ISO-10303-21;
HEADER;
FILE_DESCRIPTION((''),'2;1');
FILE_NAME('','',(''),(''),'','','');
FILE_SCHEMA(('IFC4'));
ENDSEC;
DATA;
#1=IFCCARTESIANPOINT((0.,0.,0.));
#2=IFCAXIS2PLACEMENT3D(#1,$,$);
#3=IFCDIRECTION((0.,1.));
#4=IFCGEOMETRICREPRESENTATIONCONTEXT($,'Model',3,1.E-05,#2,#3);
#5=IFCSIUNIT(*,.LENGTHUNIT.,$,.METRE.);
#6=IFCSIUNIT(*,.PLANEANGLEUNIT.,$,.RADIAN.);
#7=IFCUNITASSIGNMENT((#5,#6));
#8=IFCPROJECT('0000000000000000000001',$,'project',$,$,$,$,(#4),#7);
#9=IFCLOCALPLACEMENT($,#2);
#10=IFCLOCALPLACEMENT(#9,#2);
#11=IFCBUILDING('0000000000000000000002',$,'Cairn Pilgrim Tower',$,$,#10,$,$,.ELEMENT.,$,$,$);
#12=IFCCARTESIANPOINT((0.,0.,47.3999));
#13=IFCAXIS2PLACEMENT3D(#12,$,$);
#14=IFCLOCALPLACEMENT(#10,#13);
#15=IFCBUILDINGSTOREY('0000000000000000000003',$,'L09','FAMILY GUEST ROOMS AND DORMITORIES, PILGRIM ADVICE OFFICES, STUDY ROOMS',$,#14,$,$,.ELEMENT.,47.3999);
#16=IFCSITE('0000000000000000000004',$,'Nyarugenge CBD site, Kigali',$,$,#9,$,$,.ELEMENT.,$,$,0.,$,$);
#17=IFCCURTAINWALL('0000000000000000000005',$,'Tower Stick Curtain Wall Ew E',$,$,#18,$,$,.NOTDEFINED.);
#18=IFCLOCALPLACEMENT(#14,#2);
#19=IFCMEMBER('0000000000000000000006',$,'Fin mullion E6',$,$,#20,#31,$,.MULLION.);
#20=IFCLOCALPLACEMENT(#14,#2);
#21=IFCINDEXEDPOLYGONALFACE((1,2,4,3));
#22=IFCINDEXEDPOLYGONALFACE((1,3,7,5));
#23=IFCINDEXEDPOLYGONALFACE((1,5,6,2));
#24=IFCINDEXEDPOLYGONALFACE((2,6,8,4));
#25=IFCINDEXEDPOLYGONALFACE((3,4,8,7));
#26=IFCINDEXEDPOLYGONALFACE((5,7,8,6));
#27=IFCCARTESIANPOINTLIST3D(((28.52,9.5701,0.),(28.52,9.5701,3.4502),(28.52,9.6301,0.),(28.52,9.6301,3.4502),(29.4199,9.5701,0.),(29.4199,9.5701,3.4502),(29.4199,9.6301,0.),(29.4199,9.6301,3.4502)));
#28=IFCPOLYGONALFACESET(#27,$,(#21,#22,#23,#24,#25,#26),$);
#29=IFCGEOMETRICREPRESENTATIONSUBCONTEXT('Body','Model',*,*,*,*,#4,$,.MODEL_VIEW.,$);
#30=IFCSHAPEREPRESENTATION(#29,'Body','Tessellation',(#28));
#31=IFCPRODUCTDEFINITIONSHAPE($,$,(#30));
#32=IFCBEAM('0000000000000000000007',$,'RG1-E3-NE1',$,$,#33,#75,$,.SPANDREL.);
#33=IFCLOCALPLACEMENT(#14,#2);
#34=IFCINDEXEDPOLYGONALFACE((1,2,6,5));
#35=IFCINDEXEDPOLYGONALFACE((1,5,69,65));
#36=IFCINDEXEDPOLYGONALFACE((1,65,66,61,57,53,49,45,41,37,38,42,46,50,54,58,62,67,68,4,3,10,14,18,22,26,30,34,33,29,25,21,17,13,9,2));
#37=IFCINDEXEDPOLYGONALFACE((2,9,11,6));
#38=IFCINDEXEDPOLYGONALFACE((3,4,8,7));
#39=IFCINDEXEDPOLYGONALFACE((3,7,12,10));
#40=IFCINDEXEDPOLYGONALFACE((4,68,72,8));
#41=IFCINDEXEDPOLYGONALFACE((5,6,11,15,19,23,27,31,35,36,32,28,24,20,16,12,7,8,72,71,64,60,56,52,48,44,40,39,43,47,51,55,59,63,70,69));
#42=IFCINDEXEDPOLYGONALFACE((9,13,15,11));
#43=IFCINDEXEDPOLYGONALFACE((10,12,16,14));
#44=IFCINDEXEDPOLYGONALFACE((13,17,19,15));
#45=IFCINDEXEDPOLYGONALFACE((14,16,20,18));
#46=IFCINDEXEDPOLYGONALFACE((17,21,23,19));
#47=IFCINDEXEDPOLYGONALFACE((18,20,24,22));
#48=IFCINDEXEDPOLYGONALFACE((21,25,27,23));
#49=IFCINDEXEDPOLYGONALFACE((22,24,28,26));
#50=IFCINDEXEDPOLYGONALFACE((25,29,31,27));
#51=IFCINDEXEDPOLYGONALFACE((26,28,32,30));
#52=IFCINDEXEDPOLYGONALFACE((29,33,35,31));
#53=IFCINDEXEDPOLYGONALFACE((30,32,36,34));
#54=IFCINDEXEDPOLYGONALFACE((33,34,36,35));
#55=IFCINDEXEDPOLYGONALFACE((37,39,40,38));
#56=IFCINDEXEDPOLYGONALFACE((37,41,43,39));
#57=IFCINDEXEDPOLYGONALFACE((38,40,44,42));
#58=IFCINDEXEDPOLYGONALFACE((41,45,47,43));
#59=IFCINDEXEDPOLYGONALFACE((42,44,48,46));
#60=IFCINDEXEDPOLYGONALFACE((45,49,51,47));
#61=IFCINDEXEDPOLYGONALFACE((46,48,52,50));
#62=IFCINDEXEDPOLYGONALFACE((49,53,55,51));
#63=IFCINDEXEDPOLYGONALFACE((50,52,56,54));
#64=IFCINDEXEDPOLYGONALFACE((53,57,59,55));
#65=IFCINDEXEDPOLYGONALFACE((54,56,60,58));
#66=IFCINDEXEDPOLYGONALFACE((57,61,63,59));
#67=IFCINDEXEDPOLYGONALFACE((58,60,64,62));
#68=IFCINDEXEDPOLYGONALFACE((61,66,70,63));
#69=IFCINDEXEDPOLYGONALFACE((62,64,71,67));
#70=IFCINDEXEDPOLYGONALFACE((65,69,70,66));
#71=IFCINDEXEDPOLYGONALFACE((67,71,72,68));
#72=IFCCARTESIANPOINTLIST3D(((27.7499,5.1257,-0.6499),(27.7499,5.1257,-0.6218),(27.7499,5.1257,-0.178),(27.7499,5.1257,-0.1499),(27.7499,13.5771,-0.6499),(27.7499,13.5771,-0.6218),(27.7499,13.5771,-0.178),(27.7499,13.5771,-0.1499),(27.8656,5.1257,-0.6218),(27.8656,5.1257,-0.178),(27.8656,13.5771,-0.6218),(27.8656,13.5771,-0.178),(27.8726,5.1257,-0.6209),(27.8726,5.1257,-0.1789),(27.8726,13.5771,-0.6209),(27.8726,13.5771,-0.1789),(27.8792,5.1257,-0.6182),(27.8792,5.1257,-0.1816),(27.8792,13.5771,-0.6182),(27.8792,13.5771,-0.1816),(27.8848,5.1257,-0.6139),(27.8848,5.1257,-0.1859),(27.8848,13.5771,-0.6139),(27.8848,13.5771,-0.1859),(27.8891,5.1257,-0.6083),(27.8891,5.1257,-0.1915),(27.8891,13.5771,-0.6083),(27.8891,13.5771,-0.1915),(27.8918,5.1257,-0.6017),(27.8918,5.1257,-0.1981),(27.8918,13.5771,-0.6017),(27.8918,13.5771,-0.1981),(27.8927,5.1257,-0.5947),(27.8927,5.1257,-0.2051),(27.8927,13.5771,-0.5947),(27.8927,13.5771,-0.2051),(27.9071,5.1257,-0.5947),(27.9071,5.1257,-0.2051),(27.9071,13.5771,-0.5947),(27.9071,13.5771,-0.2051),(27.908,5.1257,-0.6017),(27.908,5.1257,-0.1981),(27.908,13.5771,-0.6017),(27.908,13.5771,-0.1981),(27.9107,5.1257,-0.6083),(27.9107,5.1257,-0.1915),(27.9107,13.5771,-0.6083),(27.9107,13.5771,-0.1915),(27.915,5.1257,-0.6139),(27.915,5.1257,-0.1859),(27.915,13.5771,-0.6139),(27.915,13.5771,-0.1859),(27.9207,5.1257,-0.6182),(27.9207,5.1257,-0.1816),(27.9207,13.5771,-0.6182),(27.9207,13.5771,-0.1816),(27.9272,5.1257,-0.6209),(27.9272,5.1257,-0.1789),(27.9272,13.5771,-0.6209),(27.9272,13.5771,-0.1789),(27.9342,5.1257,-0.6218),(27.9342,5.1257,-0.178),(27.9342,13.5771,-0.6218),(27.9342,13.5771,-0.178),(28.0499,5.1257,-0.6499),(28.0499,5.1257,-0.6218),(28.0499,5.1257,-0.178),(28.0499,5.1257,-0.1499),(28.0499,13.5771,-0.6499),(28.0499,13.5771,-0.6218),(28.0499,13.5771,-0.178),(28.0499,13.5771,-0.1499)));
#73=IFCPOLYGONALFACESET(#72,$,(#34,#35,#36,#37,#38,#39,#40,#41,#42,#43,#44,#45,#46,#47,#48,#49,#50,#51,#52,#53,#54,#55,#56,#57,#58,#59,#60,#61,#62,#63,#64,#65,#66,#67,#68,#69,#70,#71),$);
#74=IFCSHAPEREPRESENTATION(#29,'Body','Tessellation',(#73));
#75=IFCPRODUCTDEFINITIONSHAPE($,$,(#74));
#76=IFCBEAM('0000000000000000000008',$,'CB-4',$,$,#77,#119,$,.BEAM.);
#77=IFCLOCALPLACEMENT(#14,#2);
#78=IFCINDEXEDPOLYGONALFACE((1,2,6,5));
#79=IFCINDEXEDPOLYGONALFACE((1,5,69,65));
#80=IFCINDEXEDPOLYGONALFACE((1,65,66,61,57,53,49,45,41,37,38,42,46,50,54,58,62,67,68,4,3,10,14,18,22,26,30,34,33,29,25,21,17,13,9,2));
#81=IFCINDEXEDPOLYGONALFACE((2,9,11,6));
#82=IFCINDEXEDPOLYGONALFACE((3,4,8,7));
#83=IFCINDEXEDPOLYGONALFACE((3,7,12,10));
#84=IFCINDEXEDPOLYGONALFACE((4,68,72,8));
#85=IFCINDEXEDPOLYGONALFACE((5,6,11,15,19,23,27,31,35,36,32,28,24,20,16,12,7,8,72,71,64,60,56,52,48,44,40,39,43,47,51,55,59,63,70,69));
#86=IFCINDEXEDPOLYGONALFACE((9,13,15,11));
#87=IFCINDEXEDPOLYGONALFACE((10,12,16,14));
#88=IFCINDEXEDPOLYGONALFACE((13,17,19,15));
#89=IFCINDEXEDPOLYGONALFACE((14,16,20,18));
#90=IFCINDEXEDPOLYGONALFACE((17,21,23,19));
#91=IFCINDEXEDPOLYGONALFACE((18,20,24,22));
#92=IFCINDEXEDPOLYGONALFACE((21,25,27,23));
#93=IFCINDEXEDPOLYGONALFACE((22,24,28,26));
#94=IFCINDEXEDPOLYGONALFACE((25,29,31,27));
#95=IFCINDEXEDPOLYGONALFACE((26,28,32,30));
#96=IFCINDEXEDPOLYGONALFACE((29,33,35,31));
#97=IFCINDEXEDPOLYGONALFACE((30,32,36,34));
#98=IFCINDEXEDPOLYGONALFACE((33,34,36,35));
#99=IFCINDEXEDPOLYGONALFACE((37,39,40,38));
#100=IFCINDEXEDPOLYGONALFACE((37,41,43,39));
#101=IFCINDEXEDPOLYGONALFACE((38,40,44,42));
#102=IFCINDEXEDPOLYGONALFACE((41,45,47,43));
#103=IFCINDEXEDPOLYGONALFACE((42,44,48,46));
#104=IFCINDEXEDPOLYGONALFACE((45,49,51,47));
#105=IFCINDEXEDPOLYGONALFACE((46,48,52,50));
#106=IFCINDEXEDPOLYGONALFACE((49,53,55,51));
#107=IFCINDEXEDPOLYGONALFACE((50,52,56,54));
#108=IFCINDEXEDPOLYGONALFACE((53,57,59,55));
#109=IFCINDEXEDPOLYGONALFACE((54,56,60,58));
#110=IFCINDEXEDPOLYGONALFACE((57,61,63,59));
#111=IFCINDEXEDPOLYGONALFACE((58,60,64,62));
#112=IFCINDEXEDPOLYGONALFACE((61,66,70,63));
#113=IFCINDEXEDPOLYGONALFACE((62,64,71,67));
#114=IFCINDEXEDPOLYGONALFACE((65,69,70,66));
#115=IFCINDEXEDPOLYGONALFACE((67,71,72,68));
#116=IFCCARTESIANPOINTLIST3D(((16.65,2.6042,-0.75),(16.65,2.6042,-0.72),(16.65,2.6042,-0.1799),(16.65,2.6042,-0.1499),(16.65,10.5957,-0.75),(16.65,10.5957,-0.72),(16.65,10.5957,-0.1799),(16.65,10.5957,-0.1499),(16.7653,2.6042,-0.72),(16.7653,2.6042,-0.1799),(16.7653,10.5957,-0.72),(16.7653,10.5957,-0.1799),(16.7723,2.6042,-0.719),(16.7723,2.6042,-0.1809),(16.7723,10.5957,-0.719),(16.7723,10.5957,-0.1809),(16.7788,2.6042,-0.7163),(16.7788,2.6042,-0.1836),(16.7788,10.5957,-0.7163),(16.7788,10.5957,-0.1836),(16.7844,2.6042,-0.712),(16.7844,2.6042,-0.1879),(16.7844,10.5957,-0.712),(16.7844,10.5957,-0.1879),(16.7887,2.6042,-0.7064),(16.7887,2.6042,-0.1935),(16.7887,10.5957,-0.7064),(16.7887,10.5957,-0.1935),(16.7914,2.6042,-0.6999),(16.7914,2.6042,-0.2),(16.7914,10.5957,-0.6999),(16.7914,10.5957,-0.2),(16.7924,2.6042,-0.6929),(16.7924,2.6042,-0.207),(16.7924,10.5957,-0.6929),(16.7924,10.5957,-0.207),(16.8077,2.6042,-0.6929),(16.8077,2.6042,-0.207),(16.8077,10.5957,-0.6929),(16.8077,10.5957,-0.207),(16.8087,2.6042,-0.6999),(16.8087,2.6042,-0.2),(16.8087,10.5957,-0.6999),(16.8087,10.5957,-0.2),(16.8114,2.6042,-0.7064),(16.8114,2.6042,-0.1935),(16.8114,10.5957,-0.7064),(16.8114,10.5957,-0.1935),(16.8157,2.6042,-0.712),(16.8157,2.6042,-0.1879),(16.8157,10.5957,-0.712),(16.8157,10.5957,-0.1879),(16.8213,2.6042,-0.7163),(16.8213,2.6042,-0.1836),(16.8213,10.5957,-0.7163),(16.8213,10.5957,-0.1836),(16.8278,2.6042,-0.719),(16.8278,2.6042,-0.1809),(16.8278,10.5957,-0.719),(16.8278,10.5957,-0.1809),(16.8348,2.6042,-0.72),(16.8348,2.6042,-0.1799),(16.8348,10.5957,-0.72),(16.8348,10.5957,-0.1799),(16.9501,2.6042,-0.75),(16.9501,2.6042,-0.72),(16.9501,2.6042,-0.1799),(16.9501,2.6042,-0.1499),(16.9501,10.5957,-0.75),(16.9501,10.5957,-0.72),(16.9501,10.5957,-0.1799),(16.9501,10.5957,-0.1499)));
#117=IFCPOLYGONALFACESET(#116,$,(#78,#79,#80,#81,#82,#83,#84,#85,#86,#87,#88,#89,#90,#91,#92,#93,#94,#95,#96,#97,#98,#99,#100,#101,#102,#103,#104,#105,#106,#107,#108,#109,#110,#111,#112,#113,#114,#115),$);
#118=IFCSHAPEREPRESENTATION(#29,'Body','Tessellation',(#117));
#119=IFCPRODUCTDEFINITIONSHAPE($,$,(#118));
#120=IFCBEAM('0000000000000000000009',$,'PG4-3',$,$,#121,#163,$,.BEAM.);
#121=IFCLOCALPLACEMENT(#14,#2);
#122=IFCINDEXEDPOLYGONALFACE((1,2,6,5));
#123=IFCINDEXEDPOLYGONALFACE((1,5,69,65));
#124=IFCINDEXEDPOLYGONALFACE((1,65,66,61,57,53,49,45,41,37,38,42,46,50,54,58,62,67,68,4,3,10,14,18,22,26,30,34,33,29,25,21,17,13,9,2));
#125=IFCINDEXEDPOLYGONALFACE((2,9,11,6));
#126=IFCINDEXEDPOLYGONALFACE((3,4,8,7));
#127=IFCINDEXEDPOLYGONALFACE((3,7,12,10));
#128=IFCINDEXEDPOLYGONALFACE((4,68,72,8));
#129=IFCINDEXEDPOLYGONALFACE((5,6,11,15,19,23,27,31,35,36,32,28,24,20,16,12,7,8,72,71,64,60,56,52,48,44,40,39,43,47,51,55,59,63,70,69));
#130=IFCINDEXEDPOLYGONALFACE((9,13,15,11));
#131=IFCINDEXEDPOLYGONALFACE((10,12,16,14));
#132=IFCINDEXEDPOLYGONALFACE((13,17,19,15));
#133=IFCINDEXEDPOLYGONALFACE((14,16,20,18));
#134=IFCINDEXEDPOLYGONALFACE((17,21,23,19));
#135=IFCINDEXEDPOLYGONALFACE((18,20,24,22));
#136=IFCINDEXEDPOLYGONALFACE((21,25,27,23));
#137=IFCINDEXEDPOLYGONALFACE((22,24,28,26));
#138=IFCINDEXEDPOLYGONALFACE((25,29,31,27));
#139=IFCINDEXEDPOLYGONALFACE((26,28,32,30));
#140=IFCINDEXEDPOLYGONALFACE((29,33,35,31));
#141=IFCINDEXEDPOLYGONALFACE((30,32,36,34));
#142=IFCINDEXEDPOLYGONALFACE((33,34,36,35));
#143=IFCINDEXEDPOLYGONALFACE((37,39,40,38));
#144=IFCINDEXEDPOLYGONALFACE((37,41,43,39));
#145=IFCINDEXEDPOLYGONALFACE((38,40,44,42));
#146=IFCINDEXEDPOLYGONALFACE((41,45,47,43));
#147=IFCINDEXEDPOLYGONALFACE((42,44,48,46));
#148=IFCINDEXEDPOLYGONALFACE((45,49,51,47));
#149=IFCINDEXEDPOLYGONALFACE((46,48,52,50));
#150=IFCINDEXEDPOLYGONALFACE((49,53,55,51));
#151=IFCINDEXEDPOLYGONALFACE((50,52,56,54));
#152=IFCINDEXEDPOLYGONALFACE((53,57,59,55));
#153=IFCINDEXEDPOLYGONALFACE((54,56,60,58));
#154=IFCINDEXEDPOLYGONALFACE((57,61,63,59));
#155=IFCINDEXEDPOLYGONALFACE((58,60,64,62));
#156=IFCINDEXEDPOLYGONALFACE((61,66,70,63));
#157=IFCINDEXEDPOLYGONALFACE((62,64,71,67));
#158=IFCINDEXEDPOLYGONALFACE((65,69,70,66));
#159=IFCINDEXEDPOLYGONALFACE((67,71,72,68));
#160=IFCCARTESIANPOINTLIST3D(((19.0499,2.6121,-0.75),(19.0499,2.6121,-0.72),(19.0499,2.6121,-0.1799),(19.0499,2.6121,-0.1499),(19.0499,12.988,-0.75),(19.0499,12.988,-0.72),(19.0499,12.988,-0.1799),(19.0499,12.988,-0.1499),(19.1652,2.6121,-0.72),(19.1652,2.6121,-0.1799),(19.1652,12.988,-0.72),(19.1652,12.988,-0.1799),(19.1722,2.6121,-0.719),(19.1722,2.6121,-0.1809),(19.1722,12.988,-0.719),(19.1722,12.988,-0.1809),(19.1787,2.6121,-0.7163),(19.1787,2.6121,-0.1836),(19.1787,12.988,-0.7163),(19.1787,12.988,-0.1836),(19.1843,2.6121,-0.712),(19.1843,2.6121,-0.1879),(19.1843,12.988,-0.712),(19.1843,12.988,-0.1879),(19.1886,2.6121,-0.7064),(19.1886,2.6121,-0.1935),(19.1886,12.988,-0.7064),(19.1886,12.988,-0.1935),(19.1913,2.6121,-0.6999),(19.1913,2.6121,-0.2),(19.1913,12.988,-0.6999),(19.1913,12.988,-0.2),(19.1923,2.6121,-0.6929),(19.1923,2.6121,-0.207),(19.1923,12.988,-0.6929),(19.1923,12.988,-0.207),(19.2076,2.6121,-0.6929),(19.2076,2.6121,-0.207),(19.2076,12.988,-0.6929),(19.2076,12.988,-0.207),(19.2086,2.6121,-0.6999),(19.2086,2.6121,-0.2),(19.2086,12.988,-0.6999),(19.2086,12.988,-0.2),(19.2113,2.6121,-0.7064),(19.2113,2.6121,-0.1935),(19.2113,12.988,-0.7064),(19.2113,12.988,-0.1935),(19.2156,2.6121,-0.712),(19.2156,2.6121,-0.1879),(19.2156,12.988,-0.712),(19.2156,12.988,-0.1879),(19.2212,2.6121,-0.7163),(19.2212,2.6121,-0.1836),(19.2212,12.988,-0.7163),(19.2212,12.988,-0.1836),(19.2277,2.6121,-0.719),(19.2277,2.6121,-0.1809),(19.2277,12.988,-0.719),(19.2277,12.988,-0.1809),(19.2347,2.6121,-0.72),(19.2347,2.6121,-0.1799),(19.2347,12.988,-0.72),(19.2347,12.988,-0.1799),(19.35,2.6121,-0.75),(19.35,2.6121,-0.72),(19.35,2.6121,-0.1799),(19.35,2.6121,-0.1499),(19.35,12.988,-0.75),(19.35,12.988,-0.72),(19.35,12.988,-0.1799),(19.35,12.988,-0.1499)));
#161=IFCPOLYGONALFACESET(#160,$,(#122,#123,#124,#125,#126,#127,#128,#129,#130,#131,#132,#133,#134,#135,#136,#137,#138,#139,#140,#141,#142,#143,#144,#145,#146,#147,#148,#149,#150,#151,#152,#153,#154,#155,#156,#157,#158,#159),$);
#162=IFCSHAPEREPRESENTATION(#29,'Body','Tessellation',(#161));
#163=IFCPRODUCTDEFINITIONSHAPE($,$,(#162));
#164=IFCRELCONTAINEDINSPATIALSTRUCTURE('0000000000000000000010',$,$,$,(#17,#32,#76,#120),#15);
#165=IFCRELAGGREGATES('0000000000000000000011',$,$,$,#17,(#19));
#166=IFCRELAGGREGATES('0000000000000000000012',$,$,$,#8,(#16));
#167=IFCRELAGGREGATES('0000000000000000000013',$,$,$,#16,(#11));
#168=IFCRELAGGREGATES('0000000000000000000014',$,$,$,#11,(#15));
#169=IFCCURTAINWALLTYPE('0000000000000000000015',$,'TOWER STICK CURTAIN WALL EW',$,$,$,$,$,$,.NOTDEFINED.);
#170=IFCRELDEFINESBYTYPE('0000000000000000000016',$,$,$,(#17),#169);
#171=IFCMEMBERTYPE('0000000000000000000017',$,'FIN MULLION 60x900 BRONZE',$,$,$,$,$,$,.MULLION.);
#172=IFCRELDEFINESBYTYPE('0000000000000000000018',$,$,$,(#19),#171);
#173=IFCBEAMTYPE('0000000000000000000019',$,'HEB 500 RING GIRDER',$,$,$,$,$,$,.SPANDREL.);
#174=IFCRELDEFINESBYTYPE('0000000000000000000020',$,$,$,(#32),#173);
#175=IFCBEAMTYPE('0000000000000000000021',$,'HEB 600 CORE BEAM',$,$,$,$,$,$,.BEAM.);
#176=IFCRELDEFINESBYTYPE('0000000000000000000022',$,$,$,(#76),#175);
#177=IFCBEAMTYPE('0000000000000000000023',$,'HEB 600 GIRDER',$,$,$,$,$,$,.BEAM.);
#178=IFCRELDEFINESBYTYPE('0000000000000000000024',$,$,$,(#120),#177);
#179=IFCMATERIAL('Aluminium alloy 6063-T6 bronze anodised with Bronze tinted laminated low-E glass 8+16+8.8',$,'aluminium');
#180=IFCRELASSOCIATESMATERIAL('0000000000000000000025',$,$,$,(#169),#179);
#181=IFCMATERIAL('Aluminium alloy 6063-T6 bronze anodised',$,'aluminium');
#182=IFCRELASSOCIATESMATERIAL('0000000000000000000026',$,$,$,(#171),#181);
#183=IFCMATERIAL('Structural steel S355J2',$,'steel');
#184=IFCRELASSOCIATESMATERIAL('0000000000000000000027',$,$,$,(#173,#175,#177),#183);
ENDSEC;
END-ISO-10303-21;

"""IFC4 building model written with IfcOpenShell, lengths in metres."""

from ifc_helpers import new_model, si_unit, direction, frame, origin, origin_2d, place, context, subcontext, project, spatial, rectangle, i_section, extrude, material, material_profile, profile_set, type_object, element, aggregate, save


model = new_model("IFC4")

# Units and contexts
model_context = context("Model", 3, precision=1e-05, world=origin(), true_north=direction((0.0, 1.0)))
body_context = subcontext(model_context, "Body", "Model", "MODEL_VIEW")
ifc_project = project(units=[si_unit("LENGTHUNIT", "METRE"), si_unit("PLANEANGLEUNIT", "RADIAN")], contexts=[model_context])

# Site, building, storey
site_placement = place(None, origin())
site = spatial("IfcSite", under=ifc_project, at=site_placement, Name="Nyarugenge CBD site, Kigali", CompositionType="ELEMENT", RefElevation=0.0)
building_placement = place(site_placement, origin())
building = spatial("IfcBuilding", under=site, at=building_placement, Name="Cairn Pilgrim Tower", CompositionType="ELEMENT")
storey_placement = place(building_placement, frame((0.0, 0.0, 47.3999)))
storey = spatial("IfcBuildingStorey", under=building, at=storey_placement, Name="L09", Description="FAMILY GUEST ROOMS AND DORMITORIES, PILGRIM ADVICE OFFICES, STUDY ROOMS", CompositionType="ELEMENT", Elevation=47.3999)

# Curtain wall, member
ifc_material_1 = material(Name="Aluminium alloy 6063-T6 bronze anodised with Bronze tinted laminated low-E glass 8+16+8.8", Category="aluminium")
curtain_wall_type = type_object("IfcCurtainWallType", Name="TOWER STICK CURTAIN WALL EW", PredefinedType="NOTDEFINED", material=ifc_material_1)
curtain_wall_placement = place(storey_placement, origin())
curtain_wall = element("IfcCurtainWall", 1, at=curtain_wall_placement, inside=storey, type_object=curtain_wall_type, Name="Tower Stick Curtain Wall Ew E", PredefinedType="NOTDEFINED")
ifc_material_2 = material(Name="Aluminium alloy 6063-T6 bronze anodised", Category="aluminium")
ifc_material_profile_1 = material_profile(ifc_material_2, rectangle(XDim=0.8999, YDim=0.0601, at=origin_2d()), Name="FIN MULLION 60x900 BRONZE")
ifc_profile_set_1 = profile_set([ifc_material_profile_1], Name="Aluminium alloy 6063-T6 bronze anodised")
member_type_1 = type_object("IfcMemberType", Name="FIN MULLION 60x900 BRONZE", PredefinedType="MULLION", material=ifc_profile_set_1)
member_1_placement = place(storey_placement, frame((28.97, 9.6001, 0.0), z_axis=(0.0, 0.0, 1.0), x_axis=(1.0, 0.0, 0.0)))
member_1 = element("IfcMember", 2, at=member_1_placement, type_object=member_type_1, Name="Fin mullion E6", PredefinedType="MULLION", context=body_context, shape_type="SweptSolid", body=[
    extrude(rectangle(XDim=0.8999, YDim=0.0601, at=origin_2d()), origin(), (0.0, 0.0, 1.0), 3.4502),
])

# Beams
ifc_material_3 = material(Name="Structural steel S355J2", Category="steel")
ifc_material_profile_2 = material_profile(ifc_material_3, i_section(OverallWidth=0.3, OverallDepth=0.5, WebThickness=0.0144, FlangeThickness=0.0281, FilletRadius=0.0271, at=origin_2d()), Name="HEB 500")
ifc_profile_set_2 = profile_set([ifc_material_profile_2], Name="Structural steel S355J2")
beam_type_1 = type_object("IfcBeamType", Name="HEB 500 RING GIRDER", PredefinedType="SPANDREL", material=ifc_profile_set_2)
beam_1_placement = place(storey_placement, frame((27.8999, 5.1257, -0.3999), z_axis=(0.0, 1.0, 0.0), x_axis=(-1.0, 0.0, 0.0)))
element("IfcBeam", 3, at=beam_1_placement, inside=storey, type_object=beam_type_1, Name="RG1-E3-NE1", PredefinedType="SPANDREL", context=body_context, shape_type="SweptSolid", body=[
    extrude(i_section(OverallWidth=0.3, OverallDepth=0.5, WebThickness=0.0144, FlangeThickness=0.0281, FilletRadius=0.0271, at=origin_2d()), origin(), (0.0, 0.0, 1.0), 8.4514),
])
ifc_material_profile_3 = material_profile(ifc_material_3, i_section(OverallWidth=0.3, OverallDepth=0.6001, WebThickness=0.0154, FlangeThickness=0.03, FilletRadius=0.0271, at=origin_2d()), Name="HEB 600")
ifc_profile_set_3 = profile_set([ifc_material_profile_3], Name="Structural steel S355J2")
beam_type_2 = type_object("IfcBeamType", Name="HEB 600 CORE BEAM", PredefinedType="BEAM", material=ifc_profile_set_3)
beam_2_placement = place(storey_placement, frame((16.8, 2.6042, -0.45), z_axis=(0.0, 1.0, 0.0), x_axis=(-1.0, 0.0, 0.0)))
element("IfcBeam", 4, at=beam_2_placement, inside=storey, type_object=beam_type_2, Name="CB-4", PredefinedType="BEAM", context=body_context, shape_type="SweptSolid", body=[
    extrude(i_section(OverallWidth=0.3, OverallDepth=0.6001, WebThickness=0.0154, FlangeThickness=0.03, FilletRadius=0.0271, at=origin_2d()), origin(), (0.0, 0.0, 1.0), 7.9915),
])
ifc_material_profile_4 = material_profile(ifc_material_3, i_section(OverallWidth=0.3, OverallDepth=0.6001, WebThickness=0.0154, FlangeThickness=0.03, FilletRadius=0.0271, at=origin_2d()), Name="HEB 600")
ifc_profile_set_4 = profile_set([ifc_material_profile_4], Name="Structural steel S355J2")
beam_type_3 = type_object("IfcBeamType", Name="HEB 600 GIRDER", PredefinedType="BEAM", material=ifc_profile_set_4)
beam_3_placement = place(storey_placement, frame((19.2, 2.6121, -0.45), z_axis=(0.0, 1.0, 0.0), x_axis=(-1.0, 0.0, 0.0)))
element("IfcBeam", 5, at=beam_3_placement, inside=storey, type_object=beam_type_3, Name="PG4-3", PredefinedType="BEAM", context=body_context, shape_type="SweptSolid", body=[
    extrude(i_section(OverallWidth=0.3, OverallDepth=0.6001, WebThickness=0.0154, FlangeThickness=0.03, FilletRadius=0.0271, at=origin_2d()), origin(), (0.0, 0.0, 1.0), 10.376),
])

aggregate(curtain_wall, [member_1])

save(model, "model.ifc")
